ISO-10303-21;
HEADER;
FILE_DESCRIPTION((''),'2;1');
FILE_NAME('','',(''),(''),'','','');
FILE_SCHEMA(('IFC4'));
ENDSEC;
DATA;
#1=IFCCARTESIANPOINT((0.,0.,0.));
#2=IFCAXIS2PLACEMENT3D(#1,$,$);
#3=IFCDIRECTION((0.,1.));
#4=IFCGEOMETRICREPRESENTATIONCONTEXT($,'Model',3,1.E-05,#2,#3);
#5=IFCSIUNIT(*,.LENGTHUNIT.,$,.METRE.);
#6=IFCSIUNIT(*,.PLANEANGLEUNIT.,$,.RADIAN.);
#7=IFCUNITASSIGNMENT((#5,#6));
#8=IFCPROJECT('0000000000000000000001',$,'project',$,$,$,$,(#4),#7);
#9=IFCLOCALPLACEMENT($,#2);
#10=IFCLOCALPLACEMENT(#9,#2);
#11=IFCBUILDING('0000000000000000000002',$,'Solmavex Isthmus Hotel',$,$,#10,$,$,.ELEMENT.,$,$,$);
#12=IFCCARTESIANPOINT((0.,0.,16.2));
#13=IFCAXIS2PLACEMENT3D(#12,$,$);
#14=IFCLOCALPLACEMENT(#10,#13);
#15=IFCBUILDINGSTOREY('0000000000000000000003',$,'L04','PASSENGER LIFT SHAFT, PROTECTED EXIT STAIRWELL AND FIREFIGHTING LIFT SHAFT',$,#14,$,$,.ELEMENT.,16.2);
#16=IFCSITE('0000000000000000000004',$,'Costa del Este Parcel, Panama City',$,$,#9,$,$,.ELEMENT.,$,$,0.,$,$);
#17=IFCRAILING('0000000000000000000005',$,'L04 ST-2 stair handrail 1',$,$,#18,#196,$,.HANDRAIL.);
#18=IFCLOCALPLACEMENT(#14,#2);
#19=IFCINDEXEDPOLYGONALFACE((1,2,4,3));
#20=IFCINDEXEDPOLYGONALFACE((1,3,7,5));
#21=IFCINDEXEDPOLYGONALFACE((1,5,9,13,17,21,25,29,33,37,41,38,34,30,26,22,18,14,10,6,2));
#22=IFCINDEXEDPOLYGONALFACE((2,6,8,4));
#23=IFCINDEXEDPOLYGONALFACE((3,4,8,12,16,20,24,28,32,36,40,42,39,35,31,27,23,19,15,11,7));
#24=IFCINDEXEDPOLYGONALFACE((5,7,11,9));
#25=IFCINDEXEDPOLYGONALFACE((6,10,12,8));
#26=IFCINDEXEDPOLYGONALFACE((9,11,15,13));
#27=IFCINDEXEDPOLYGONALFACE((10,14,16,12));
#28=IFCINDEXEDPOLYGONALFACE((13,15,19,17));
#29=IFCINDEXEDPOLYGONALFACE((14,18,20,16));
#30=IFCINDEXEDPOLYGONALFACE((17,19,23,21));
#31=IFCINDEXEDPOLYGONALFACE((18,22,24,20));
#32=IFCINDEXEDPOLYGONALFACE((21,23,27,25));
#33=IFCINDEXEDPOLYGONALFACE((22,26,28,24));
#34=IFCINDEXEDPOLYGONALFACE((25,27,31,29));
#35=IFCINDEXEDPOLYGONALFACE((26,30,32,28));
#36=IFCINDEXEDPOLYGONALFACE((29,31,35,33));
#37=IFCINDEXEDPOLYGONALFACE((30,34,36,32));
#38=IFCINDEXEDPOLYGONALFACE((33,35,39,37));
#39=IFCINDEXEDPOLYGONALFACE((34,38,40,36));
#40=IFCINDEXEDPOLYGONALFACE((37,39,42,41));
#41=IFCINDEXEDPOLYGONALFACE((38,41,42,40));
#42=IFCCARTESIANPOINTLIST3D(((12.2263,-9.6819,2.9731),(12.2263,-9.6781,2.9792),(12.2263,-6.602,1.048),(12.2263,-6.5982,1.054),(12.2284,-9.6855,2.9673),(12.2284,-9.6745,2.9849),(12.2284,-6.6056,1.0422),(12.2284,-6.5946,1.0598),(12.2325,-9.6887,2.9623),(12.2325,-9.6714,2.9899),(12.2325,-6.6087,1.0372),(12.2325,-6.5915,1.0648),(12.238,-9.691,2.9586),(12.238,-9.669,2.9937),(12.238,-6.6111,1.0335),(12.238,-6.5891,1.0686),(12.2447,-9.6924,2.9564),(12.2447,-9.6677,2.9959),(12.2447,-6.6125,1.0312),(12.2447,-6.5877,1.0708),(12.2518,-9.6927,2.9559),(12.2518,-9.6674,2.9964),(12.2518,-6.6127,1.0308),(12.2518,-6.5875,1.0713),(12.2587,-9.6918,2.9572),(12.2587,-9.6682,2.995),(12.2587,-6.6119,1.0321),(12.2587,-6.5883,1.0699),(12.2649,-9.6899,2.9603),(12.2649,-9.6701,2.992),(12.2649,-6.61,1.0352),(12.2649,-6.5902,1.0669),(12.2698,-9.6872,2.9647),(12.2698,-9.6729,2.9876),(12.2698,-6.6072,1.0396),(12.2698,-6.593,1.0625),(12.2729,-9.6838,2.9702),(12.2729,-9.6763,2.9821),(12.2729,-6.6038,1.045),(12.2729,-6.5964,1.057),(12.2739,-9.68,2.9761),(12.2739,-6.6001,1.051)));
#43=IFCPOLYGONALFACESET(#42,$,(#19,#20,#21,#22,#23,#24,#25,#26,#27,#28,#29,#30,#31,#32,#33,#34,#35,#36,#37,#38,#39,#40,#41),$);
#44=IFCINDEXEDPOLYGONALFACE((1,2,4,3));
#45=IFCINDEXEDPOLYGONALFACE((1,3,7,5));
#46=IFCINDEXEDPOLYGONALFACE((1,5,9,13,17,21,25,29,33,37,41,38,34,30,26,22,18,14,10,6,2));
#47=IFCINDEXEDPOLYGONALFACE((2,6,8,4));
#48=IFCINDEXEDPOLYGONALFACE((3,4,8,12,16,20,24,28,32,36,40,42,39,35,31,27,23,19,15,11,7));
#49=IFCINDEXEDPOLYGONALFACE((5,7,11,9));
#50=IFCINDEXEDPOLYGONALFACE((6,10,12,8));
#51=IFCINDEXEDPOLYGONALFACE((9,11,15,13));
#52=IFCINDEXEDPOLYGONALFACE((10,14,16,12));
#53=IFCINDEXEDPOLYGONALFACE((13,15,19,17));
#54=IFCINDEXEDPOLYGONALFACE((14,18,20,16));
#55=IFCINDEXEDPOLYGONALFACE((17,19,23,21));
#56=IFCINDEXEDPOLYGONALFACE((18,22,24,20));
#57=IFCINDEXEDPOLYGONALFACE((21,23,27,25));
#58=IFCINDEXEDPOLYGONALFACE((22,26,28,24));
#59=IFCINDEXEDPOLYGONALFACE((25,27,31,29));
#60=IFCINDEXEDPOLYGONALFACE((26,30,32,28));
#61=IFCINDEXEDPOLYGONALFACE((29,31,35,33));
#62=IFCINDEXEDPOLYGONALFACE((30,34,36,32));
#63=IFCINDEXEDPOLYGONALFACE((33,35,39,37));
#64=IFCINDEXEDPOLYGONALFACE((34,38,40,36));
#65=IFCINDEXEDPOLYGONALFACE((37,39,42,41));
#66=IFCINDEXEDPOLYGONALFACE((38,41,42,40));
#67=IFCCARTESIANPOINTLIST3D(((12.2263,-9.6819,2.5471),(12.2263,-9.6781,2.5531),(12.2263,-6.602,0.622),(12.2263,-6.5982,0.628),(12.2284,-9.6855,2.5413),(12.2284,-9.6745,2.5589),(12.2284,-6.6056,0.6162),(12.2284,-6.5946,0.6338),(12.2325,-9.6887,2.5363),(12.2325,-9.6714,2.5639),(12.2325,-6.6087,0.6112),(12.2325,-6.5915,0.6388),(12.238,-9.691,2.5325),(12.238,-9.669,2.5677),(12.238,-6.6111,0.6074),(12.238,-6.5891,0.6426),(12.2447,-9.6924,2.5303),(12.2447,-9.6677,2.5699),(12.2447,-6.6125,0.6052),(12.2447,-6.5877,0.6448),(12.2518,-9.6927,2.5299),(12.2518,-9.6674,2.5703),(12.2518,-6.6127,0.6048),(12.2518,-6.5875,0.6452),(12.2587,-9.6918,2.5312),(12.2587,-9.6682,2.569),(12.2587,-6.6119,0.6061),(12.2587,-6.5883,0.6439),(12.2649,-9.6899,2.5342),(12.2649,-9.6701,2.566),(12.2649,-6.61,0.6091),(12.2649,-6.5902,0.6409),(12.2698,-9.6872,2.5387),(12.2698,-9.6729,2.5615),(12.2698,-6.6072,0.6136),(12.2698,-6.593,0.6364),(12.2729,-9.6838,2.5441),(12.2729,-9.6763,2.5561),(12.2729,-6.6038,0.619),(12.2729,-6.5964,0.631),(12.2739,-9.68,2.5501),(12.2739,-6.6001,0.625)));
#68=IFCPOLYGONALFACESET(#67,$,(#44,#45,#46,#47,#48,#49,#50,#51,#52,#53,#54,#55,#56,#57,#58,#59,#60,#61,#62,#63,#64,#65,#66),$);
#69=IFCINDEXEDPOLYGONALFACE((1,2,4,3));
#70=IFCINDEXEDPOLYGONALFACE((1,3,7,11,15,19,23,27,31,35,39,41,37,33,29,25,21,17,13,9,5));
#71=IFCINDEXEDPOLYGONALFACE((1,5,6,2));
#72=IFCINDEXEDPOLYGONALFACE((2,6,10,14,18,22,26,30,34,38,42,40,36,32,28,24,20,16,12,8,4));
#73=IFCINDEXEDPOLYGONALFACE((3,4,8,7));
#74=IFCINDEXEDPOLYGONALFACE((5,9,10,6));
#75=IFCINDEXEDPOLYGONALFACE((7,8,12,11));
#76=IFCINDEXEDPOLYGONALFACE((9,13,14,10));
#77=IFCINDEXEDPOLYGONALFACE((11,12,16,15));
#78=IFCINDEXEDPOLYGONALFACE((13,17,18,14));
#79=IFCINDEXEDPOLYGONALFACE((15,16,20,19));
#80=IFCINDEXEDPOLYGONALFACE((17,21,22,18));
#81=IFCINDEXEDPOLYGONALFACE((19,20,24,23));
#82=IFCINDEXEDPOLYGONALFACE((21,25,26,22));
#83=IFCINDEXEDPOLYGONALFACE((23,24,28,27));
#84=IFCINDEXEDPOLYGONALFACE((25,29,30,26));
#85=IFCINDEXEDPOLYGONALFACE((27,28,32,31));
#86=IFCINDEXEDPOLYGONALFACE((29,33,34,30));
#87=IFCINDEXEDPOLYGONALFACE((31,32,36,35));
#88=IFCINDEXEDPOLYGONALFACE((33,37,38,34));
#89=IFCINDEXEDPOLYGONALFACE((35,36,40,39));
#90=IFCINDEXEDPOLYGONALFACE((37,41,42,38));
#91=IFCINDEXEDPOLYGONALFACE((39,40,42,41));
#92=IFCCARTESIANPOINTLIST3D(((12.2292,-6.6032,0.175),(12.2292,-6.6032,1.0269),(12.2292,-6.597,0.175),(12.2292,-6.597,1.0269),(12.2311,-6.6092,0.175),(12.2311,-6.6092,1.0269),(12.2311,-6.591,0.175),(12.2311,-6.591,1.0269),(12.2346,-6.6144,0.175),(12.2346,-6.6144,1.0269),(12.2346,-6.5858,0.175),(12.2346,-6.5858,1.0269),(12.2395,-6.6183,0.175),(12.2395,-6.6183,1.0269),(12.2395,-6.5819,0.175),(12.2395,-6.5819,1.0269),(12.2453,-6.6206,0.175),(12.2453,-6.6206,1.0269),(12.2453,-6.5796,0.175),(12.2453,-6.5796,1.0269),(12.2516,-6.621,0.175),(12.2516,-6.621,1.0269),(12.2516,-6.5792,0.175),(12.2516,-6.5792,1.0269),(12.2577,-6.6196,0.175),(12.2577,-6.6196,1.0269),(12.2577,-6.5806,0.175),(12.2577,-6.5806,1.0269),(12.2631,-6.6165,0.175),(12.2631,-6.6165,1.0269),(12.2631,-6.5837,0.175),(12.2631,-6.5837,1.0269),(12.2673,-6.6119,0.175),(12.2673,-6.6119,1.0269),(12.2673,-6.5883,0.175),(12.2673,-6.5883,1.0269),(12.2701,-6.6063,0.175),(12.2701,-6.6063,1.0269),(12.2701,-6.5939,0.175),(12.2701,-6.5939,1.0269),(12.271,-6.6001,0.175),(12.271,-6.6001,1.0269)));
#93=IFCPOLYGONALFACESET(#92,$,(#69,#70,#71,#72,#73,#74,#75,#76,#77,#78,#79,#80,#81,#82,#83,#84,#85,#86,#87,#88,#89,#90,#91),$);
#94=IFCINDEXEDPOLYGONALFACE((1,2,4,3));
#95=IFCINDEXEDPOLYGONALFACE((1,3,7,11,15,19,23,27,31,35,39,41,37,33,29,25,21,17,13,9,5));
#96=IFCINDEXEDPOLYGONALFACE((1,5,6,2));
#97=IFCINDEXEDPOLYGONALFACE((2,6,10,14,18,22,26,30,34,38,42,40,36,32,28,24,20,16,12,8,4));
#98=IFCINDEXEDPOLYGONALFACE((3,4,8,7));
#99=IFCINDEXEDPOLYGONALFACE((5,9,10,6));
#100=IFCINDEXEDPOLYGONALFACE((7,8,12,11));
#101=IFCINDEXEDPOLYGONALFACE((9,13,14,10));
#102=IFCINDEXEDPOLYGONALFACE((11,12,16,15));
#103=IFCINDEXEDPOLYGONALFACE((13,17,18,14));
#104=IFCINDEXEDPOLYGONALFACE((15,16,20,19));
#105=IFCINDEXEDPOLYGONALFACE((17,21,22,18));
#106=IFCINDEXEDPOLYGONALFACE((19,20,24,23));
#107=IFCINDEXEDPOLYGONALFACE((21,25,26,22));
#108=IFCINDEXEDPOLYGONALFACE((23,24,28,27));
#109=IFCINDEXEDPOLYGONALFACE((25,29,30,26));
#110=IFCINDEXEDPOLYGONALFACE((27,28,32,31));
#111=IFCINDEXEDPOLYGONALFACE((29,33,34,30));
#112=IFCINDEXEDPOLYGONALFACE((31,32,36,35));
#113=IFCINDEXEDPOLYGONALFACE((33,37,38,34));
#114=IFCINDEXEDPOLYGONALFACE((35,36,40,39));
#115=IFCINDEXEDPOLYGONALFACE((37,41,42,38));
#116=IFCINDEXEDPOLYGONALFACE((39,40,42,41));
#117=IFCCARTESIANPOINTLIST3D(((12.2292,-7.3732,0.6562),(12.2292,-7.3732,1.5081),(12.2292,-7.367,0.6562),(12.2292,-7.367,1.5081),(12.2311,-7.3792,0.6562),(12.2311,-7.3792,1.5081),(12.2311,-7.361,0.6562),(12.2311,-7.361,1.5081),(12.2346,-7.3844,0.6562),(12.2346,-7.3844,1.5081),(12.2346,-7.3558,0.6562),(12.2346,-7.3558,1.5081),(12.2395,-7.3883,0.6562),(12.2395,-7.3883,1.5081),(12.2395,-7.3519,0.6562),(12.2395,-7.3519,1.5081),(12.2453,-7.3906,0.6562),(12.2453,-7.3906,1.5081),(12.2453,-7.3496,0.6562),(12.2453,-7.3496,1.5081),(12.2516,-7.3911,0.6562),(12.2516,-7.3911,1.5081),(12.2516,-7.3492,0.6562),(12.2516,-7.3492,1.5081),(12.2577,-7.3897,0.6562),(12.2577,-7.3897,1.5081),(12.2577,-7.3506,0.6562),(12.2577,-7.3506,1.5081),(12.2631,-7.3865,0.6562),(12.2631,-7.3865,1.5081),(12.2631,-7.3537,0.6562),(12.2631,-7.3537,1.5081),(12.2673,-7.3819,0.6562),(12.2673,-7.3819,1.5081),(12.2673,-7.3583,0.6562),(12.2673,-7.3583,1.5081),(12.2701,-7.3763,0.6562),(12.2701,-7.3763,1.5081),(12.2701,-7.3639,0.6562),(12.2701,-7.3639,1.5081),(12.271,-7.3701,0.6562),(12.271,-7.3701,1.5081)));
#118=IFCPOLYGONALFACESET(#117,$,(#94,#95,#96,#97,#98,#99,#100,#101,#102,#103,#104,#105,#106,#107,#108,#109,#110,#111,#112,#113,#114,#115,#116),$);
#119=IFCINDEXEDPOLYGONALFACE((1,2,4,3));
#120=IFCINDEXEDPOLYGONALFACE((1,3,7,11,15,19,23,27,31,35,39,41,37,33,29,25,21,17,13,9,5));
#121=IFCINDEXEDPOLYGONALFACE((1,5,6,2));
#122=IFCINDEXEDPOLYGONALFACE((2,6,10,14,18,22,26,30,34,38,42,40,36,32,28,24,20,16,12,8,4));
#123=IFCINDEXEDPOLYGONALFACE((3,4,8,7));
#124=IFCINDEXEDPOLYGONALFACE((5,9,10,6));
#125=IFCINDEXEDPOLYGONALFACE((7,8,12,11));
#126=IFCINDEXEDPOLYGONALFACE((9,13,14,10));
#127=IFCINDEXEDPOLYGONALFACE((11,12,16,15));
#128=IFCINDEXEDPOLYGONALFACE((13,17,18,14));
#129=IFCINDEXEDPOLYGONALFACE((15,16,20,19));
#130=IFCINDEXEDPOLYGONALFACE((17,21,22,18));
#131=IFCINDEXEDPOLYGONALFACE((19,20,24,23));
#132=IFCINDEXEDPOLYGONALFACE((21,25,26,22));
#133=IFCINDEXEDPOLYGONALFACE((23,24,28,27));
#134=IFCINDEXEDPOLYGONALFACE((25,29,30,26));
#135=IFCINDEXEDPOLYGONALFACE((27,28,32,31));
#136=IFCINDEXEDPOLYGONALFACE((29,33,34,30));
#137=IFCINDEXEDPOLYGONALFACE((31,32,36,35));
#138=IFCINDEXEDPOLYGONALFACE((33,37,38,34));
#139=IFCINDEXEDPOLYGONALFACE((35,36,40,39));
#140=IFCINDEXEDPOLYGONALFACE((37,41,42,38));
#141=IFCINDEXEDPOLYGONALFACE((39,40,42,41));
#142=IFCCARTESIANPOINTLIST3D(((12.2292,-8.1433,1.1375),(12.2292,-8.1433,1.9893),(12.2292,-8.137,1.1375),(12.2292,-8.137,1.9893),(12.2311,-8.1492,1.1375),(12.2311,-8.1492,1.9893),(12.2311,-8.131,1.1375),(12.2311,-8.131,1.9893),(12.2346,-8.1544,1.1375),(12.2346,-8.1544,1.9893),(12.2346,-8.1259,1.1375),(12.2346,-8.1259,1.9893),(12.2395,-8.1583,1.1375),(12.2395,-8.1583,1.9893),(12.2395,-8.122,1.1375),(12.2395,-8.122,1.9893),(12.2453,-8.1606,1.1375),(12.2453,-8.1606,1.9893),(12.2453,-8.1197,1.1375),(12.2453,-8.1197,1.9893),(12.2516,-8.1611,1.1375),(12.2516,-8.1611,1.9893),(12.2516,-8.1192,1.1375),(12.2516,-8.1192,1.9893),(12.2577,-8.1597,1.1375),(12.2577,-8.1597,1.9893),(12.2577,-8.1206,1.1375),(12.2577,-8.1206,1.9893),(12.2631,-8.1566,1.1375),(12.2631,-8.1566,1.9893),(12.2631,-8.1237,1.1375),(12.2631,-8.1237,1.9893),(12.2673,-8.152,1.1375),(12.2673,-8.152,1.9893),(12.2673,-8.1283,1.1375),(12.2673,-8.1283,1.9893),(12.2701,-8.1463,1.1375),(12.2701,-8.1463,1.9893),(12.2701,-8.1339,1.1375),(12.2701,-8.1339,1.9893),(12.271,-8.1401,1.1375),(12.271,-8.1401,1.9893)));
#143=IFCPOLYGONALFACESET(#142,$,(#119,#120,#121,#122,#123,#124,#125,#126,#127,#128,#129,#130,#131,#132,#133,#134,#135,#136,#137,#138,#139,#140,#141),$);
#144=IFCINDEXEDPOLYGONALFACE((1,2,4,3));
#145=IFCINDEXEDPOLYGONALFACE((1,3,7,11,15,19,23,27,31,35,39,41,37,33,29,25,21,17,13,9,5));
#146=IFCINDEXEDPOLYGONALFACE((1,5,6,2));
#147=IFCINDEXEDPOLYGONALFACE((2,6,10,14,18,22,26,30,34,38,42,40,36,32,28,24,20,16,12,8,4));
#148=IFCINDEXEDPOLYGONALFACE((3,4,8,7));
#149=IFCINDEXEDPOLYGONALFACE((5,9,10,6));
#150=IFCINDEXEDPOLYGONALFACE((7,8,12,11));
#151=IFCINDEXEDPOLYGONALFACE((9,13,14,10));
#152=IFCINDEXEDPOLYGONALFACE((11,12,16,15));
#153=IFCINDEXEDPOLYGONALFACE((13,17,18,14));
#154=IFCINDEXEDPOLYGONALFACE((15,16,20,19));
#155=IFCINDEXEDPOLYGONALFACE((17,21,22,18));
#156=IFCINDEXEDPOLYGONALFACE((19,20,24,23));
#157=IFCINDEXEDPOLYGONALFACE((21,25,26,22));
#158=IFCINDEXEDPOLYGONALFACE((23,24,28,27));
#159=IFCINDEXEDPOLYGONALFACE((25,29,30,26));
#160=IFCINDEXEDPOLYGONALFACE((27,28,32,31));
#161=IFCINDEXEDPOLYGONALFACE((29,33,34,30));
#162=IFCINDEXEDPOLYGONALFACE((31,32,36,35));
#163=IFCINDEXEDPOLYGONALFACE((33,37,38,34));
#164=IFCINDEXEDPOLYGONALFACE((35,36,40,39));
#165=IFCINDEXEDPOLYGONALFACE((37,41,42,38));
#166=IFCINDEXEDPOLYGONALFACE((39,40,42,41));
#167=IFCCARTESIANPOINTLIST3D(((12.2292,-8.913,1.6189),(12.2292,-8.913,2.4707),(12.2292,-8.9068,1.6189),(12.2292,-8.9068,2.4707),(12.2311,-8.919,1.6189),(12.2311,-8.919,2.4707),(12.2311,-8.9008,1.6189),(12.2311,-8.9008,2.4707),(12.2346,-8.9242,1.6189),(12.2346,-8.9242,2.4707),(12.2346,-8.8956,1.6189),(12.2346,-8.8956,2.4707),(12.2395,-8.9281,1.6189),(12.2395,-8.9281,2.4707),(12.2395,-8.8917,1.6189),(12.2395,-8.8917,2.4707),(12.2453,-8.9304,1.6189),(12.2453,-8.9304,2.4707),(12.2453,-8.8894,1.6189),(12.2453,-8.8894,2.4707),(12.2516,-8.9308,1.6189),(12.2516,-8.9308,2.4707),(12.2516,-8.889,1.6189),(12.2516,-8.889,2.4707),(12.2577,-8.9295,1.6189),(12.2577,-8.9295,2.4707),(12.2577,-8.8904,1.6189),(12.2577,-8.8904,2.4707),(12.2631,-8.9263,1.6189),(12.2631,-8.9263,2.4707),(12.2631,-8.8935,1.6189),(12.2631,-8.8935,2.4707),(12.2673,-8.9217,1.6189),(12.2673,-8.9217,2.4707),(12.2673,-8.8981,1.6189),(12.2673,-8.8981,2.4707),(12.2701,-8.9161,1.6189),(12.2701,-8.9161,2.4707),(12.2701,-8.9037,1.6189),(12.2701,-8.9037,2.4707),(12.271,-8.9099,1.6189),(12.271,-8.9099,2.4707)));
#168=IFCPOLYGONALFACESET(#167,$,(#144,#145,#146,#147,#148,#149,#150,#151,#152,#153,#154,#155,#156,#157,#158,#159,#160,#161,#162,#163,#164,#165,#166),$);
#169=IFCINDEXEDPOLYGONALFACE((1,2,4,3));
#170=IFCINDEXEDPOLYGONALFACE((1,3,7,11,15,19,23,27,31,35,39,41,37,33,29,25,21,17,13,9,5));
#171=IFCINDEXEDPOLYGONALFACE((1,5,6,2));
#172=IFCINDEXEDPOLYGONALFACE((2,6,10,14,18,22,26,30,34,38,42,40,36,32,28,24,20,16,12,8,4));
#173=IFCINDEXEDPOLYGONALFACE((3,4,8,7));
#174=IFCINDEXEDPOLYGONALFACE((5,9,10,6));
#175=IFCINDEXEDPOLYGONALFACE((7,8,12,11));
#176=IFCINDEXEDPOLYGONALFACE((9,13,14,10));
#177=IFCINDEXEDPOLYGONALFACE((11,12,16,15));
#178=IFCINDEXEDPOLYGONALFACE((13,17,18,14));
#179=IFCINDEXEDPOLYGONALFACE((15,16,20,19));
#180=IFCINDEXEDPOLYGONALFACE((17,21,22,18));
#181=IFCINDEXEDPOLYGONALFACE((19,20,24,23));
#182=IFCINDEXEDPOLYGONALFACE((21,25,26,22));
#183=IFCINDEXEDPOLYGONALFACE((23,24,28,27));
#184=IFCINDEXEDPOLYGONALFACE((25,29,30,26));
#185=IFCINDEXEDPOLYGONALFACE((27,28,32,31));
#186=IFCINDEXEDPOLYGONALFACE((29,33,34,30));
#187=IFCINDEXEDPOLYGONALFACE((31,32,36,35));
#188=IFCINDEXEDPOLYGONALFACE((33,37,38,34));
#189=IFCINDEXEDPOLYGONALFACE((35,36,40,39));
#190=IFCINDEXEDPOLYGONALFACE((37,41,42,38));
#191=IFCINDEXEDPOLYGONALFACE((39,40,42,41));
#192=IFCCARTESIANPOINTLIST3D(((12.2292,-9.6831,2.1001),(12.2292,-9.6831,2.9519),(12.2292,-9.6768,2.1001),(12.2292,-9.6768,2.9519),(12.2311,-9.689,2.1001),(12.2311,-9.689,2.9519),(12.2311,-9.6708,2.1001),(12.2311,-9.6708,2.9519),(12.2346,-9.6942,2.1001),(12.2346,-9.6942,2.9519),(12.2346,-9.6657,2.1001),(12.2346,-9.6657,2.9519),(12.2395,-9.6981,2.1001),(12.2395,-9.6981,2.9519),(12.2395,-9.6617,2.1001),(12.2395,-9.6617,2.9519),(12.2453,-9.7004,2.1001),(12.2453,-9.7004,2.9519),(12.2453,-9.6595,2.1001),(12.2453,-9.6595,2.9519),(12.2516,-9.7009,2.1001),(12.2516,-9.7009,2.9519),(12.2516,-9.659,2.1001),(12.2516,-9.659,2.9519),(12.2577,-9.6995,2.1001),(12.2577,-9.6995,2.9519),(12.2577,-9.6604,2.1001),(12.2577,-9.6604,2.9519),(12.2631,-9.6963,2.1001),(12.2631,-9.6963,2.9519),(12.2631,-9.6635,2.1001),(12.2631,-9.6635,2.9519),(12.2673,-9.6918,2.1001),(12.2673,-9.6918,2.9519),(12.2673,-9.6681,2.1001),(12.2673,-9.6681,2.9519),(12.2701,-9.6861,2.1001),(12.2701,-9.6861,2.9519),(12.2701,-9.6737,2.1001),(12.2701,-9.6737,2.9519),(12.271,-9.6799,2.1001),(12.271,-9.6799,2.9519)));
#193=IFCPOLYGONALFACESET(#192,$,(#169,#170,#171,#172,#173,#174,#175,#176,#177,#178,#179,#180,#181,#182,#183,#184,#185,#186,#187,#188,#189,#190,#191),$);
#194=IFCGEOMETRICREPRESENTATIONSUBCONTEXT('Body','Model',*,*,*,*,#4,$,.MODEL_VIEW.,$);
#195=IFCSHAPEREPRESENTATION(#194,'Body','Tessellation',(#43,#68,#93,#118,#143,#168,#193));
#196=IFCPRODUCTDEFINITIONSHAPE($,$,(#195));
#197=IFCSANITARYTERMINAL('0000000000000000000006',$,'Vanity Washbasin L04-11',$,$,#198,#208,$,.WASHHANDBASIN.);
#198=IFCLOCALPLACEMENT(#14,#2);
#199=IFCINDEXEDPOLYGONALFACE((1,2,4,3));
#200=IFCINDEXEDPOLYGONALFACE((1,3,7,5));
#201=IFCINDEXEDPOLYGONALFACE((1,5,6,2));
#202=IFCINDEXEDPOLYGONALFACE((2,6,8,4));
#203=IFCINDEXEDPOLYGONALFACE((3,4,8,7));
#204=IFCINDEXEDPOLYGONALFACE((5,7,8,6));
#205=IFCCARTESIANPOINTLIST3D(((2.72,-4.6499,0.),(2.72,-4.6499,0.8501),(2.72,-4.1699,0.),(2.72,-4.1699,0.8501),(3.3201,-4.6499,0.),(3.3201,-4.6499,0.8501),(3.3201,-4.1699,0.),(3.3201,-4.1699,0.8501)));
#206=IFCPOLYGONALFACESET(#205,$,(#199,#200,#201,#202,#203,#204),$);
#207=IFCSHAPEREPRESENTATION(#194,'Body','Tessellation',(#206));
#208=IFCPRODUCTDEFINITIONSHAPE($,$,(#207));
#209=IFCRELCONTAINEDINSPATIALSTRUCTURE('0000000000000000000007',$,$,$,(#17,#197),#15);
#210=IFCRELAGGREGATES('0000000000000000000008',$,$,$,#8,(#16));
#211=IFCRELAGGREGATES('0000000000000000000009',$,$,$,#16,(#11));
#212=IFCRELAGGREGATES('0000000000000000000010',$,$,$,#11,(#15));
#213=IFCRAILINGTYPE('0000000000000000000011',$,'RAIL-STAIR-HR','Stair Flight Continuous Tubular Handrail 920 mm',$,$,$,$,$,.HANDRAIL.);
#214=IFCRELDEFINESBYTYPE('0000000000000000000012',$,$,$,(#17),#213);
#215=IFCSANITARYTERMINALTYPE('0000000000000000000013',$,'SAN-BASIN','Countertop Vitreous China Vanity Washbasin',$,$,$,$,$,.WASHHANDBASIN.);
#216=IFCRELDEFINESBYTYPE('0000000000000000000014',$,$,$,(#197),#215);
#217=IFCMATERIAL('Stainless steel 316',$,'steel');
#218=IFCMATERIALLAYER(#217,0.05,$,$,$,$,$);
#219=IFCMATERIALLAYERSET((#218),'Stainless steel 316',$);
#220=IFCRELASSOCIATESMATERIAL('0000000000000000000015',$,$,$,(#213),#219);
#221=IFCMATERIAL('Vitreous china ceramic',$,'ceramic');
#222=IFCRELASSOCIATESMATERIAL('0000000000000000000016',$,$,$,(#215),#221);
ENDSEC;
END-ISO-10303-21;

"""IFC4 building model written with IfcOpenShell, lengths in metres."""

from ifc_helpers import new_model, si_unit, direction, frame, origin, origin_2d, place, context, subcontext, project, spatial, rectangle, circle, extrude, material, layer, layer_set, type_object, element, save


model = new_model("IFC4")

# Units and contexts
model_context = context("Model", 3, precision=1e-05, world=origin(), true_north=direction((0.0, 1.0)))
body_context = subcontext(model_context, "Body", "Model", "MODEL_VIEW")
ifc_project = project(units=[si_unit("LENGTHUNIT", "METRE"), si_unit("PLANEANGLEUNIT", "RADIAN")], contexts=[model_context])

# Site, building, storey
site_placement = place(None, origin())
site = spatial("IfcSite", under=ifc_project, at=site_placement, Name="Costa del Este Parcel, Panama City", CompositionType="ELEMENT", RefElevation=0.0)
building_placement = place(site_placement, origin())
building = spatial("IfcBuilding", under=site, at=building_placement, Name="Solmavex Isthmus Hotel", CompositionType="ELEMENT")
storey_placement = place(building_placement, frame((0.0, 0.0, 16.2)))
storey = spatial("IfcBuildingStorey", under=building, at=storey_placement, Name="L04", Description="PASSENGER LIFT SHAFT, PROTECTED EXIT STAIRWELL AND FIREFIGHTING LIFT SHAFT", CompositionType="ELEMENT", Elevation=16.2)

# Shared definitions
ifc_material_1 = material(Name="Stainless steel 316", Category="steel")

# Railing
ifc_layer_1 = layer(ifc_material_1, 0.05)
ifc_layer_set_1 = layer_set([ifc_layer_1], Name="Stainless steel 316")
railing_type_1 = type_object("IfcRailingType", Name="RAIL-STAIR-HR", Description="Stair Flight Continuous Tubular Handrail 920 mm", PredefinedType="HANDRAIL", material=ifc_layer_set_1)
railing_1_placement = place(storey_placement, frame((12.25, -6.6001, 0.175)))
element("IfcRailing", 1, at=railing_1_placement, inside=storey, type_object=railing_type_1, Name="L04 ST-2 stair handrail 1", PredefinedType="HANDRAIL", context=body_context, shape_type="SweptSolid", body=[
    extrude(circle(Radius=0.0239, at=origin_2d()), frame((0.0, 0.0, 0.876), z_axis=(0.0, -0.847979, 0.530029), x_axis=(1.0, 0.0, 0.0)), (0.0, 0.0, 1.0), 3.6321),
    extrude(circle(Radius=0.0239, at=origin_2d()), frame((0.0, 0.0, 0.45), z_axis=(0.0, -0.847979, 0.530029), x_axis=(1.0, 0.0, 0.0)), (0.0, 0.0, 1.0), 3.6321),
    extrude(circle(Radius=0.021, at=origin_2d()), origin(), (0.0, 0.0, 1.0), 0.8518),
    extrude(circle(Radius=0.021, at=origin_2d()), frame((0.0, -0.77, 0.4812)), (0.0, 0.0, 1.0), 0.8518),
    extrude(circle(Radius=0.021, at=origin_2d()), frame((0.0, -1.54, 0.9624)), (0.0, 0.0, 1.0), 0.8518),
    extrude(circle(Radius=0.021, at=origin_2d()), frame((0.0, -2.3098, 1.4438)), (0.0, 0.0, 1.0), 0.8518),
    extrude(circle(Radius=0.021, at=origin_2d()), frame((0.0, -3.0798, 1.925)), (0.0, 0.0, 1.0), 0.8518),
])

# Sanitary terminal
ifc_material_2 = material(Name="Vitreous china ceramic", Category="ceramic")
sanitary_terminal_type_1 = type_object("IfcSanitaryTerminalType", Name="SAN-BASIN", Description="Countertop Vitreous China Vanity Washbasin", PredefinedType="WASHHANDBASIN", material=ifc_material_2)
sanitary_terminal_1_placement = place(storey_placement, frame((3.02, -4.4099, 0.0), z_axis=(0.0, 0.0, 1.0), x_axis=(1.0, 0.0, 0.0)))
element("IfcSanitaryTerminal", 2, at=sanitary_terminal_1_placement, inside=storey, type_object=sanitary_terminal_type_1, Name="Vanity Washbasin L04-11", PredefinedType="WASHHANDBASIN", context=body_context, shape_type="SweptSolid", body=[
    extrude(rectangle(XDim=0.6001, YDim=0.48, at=origin_2d()), origin(), (0.0, 0.0, 1.0), 0.8501),
])

save(model, "model.ifc")
